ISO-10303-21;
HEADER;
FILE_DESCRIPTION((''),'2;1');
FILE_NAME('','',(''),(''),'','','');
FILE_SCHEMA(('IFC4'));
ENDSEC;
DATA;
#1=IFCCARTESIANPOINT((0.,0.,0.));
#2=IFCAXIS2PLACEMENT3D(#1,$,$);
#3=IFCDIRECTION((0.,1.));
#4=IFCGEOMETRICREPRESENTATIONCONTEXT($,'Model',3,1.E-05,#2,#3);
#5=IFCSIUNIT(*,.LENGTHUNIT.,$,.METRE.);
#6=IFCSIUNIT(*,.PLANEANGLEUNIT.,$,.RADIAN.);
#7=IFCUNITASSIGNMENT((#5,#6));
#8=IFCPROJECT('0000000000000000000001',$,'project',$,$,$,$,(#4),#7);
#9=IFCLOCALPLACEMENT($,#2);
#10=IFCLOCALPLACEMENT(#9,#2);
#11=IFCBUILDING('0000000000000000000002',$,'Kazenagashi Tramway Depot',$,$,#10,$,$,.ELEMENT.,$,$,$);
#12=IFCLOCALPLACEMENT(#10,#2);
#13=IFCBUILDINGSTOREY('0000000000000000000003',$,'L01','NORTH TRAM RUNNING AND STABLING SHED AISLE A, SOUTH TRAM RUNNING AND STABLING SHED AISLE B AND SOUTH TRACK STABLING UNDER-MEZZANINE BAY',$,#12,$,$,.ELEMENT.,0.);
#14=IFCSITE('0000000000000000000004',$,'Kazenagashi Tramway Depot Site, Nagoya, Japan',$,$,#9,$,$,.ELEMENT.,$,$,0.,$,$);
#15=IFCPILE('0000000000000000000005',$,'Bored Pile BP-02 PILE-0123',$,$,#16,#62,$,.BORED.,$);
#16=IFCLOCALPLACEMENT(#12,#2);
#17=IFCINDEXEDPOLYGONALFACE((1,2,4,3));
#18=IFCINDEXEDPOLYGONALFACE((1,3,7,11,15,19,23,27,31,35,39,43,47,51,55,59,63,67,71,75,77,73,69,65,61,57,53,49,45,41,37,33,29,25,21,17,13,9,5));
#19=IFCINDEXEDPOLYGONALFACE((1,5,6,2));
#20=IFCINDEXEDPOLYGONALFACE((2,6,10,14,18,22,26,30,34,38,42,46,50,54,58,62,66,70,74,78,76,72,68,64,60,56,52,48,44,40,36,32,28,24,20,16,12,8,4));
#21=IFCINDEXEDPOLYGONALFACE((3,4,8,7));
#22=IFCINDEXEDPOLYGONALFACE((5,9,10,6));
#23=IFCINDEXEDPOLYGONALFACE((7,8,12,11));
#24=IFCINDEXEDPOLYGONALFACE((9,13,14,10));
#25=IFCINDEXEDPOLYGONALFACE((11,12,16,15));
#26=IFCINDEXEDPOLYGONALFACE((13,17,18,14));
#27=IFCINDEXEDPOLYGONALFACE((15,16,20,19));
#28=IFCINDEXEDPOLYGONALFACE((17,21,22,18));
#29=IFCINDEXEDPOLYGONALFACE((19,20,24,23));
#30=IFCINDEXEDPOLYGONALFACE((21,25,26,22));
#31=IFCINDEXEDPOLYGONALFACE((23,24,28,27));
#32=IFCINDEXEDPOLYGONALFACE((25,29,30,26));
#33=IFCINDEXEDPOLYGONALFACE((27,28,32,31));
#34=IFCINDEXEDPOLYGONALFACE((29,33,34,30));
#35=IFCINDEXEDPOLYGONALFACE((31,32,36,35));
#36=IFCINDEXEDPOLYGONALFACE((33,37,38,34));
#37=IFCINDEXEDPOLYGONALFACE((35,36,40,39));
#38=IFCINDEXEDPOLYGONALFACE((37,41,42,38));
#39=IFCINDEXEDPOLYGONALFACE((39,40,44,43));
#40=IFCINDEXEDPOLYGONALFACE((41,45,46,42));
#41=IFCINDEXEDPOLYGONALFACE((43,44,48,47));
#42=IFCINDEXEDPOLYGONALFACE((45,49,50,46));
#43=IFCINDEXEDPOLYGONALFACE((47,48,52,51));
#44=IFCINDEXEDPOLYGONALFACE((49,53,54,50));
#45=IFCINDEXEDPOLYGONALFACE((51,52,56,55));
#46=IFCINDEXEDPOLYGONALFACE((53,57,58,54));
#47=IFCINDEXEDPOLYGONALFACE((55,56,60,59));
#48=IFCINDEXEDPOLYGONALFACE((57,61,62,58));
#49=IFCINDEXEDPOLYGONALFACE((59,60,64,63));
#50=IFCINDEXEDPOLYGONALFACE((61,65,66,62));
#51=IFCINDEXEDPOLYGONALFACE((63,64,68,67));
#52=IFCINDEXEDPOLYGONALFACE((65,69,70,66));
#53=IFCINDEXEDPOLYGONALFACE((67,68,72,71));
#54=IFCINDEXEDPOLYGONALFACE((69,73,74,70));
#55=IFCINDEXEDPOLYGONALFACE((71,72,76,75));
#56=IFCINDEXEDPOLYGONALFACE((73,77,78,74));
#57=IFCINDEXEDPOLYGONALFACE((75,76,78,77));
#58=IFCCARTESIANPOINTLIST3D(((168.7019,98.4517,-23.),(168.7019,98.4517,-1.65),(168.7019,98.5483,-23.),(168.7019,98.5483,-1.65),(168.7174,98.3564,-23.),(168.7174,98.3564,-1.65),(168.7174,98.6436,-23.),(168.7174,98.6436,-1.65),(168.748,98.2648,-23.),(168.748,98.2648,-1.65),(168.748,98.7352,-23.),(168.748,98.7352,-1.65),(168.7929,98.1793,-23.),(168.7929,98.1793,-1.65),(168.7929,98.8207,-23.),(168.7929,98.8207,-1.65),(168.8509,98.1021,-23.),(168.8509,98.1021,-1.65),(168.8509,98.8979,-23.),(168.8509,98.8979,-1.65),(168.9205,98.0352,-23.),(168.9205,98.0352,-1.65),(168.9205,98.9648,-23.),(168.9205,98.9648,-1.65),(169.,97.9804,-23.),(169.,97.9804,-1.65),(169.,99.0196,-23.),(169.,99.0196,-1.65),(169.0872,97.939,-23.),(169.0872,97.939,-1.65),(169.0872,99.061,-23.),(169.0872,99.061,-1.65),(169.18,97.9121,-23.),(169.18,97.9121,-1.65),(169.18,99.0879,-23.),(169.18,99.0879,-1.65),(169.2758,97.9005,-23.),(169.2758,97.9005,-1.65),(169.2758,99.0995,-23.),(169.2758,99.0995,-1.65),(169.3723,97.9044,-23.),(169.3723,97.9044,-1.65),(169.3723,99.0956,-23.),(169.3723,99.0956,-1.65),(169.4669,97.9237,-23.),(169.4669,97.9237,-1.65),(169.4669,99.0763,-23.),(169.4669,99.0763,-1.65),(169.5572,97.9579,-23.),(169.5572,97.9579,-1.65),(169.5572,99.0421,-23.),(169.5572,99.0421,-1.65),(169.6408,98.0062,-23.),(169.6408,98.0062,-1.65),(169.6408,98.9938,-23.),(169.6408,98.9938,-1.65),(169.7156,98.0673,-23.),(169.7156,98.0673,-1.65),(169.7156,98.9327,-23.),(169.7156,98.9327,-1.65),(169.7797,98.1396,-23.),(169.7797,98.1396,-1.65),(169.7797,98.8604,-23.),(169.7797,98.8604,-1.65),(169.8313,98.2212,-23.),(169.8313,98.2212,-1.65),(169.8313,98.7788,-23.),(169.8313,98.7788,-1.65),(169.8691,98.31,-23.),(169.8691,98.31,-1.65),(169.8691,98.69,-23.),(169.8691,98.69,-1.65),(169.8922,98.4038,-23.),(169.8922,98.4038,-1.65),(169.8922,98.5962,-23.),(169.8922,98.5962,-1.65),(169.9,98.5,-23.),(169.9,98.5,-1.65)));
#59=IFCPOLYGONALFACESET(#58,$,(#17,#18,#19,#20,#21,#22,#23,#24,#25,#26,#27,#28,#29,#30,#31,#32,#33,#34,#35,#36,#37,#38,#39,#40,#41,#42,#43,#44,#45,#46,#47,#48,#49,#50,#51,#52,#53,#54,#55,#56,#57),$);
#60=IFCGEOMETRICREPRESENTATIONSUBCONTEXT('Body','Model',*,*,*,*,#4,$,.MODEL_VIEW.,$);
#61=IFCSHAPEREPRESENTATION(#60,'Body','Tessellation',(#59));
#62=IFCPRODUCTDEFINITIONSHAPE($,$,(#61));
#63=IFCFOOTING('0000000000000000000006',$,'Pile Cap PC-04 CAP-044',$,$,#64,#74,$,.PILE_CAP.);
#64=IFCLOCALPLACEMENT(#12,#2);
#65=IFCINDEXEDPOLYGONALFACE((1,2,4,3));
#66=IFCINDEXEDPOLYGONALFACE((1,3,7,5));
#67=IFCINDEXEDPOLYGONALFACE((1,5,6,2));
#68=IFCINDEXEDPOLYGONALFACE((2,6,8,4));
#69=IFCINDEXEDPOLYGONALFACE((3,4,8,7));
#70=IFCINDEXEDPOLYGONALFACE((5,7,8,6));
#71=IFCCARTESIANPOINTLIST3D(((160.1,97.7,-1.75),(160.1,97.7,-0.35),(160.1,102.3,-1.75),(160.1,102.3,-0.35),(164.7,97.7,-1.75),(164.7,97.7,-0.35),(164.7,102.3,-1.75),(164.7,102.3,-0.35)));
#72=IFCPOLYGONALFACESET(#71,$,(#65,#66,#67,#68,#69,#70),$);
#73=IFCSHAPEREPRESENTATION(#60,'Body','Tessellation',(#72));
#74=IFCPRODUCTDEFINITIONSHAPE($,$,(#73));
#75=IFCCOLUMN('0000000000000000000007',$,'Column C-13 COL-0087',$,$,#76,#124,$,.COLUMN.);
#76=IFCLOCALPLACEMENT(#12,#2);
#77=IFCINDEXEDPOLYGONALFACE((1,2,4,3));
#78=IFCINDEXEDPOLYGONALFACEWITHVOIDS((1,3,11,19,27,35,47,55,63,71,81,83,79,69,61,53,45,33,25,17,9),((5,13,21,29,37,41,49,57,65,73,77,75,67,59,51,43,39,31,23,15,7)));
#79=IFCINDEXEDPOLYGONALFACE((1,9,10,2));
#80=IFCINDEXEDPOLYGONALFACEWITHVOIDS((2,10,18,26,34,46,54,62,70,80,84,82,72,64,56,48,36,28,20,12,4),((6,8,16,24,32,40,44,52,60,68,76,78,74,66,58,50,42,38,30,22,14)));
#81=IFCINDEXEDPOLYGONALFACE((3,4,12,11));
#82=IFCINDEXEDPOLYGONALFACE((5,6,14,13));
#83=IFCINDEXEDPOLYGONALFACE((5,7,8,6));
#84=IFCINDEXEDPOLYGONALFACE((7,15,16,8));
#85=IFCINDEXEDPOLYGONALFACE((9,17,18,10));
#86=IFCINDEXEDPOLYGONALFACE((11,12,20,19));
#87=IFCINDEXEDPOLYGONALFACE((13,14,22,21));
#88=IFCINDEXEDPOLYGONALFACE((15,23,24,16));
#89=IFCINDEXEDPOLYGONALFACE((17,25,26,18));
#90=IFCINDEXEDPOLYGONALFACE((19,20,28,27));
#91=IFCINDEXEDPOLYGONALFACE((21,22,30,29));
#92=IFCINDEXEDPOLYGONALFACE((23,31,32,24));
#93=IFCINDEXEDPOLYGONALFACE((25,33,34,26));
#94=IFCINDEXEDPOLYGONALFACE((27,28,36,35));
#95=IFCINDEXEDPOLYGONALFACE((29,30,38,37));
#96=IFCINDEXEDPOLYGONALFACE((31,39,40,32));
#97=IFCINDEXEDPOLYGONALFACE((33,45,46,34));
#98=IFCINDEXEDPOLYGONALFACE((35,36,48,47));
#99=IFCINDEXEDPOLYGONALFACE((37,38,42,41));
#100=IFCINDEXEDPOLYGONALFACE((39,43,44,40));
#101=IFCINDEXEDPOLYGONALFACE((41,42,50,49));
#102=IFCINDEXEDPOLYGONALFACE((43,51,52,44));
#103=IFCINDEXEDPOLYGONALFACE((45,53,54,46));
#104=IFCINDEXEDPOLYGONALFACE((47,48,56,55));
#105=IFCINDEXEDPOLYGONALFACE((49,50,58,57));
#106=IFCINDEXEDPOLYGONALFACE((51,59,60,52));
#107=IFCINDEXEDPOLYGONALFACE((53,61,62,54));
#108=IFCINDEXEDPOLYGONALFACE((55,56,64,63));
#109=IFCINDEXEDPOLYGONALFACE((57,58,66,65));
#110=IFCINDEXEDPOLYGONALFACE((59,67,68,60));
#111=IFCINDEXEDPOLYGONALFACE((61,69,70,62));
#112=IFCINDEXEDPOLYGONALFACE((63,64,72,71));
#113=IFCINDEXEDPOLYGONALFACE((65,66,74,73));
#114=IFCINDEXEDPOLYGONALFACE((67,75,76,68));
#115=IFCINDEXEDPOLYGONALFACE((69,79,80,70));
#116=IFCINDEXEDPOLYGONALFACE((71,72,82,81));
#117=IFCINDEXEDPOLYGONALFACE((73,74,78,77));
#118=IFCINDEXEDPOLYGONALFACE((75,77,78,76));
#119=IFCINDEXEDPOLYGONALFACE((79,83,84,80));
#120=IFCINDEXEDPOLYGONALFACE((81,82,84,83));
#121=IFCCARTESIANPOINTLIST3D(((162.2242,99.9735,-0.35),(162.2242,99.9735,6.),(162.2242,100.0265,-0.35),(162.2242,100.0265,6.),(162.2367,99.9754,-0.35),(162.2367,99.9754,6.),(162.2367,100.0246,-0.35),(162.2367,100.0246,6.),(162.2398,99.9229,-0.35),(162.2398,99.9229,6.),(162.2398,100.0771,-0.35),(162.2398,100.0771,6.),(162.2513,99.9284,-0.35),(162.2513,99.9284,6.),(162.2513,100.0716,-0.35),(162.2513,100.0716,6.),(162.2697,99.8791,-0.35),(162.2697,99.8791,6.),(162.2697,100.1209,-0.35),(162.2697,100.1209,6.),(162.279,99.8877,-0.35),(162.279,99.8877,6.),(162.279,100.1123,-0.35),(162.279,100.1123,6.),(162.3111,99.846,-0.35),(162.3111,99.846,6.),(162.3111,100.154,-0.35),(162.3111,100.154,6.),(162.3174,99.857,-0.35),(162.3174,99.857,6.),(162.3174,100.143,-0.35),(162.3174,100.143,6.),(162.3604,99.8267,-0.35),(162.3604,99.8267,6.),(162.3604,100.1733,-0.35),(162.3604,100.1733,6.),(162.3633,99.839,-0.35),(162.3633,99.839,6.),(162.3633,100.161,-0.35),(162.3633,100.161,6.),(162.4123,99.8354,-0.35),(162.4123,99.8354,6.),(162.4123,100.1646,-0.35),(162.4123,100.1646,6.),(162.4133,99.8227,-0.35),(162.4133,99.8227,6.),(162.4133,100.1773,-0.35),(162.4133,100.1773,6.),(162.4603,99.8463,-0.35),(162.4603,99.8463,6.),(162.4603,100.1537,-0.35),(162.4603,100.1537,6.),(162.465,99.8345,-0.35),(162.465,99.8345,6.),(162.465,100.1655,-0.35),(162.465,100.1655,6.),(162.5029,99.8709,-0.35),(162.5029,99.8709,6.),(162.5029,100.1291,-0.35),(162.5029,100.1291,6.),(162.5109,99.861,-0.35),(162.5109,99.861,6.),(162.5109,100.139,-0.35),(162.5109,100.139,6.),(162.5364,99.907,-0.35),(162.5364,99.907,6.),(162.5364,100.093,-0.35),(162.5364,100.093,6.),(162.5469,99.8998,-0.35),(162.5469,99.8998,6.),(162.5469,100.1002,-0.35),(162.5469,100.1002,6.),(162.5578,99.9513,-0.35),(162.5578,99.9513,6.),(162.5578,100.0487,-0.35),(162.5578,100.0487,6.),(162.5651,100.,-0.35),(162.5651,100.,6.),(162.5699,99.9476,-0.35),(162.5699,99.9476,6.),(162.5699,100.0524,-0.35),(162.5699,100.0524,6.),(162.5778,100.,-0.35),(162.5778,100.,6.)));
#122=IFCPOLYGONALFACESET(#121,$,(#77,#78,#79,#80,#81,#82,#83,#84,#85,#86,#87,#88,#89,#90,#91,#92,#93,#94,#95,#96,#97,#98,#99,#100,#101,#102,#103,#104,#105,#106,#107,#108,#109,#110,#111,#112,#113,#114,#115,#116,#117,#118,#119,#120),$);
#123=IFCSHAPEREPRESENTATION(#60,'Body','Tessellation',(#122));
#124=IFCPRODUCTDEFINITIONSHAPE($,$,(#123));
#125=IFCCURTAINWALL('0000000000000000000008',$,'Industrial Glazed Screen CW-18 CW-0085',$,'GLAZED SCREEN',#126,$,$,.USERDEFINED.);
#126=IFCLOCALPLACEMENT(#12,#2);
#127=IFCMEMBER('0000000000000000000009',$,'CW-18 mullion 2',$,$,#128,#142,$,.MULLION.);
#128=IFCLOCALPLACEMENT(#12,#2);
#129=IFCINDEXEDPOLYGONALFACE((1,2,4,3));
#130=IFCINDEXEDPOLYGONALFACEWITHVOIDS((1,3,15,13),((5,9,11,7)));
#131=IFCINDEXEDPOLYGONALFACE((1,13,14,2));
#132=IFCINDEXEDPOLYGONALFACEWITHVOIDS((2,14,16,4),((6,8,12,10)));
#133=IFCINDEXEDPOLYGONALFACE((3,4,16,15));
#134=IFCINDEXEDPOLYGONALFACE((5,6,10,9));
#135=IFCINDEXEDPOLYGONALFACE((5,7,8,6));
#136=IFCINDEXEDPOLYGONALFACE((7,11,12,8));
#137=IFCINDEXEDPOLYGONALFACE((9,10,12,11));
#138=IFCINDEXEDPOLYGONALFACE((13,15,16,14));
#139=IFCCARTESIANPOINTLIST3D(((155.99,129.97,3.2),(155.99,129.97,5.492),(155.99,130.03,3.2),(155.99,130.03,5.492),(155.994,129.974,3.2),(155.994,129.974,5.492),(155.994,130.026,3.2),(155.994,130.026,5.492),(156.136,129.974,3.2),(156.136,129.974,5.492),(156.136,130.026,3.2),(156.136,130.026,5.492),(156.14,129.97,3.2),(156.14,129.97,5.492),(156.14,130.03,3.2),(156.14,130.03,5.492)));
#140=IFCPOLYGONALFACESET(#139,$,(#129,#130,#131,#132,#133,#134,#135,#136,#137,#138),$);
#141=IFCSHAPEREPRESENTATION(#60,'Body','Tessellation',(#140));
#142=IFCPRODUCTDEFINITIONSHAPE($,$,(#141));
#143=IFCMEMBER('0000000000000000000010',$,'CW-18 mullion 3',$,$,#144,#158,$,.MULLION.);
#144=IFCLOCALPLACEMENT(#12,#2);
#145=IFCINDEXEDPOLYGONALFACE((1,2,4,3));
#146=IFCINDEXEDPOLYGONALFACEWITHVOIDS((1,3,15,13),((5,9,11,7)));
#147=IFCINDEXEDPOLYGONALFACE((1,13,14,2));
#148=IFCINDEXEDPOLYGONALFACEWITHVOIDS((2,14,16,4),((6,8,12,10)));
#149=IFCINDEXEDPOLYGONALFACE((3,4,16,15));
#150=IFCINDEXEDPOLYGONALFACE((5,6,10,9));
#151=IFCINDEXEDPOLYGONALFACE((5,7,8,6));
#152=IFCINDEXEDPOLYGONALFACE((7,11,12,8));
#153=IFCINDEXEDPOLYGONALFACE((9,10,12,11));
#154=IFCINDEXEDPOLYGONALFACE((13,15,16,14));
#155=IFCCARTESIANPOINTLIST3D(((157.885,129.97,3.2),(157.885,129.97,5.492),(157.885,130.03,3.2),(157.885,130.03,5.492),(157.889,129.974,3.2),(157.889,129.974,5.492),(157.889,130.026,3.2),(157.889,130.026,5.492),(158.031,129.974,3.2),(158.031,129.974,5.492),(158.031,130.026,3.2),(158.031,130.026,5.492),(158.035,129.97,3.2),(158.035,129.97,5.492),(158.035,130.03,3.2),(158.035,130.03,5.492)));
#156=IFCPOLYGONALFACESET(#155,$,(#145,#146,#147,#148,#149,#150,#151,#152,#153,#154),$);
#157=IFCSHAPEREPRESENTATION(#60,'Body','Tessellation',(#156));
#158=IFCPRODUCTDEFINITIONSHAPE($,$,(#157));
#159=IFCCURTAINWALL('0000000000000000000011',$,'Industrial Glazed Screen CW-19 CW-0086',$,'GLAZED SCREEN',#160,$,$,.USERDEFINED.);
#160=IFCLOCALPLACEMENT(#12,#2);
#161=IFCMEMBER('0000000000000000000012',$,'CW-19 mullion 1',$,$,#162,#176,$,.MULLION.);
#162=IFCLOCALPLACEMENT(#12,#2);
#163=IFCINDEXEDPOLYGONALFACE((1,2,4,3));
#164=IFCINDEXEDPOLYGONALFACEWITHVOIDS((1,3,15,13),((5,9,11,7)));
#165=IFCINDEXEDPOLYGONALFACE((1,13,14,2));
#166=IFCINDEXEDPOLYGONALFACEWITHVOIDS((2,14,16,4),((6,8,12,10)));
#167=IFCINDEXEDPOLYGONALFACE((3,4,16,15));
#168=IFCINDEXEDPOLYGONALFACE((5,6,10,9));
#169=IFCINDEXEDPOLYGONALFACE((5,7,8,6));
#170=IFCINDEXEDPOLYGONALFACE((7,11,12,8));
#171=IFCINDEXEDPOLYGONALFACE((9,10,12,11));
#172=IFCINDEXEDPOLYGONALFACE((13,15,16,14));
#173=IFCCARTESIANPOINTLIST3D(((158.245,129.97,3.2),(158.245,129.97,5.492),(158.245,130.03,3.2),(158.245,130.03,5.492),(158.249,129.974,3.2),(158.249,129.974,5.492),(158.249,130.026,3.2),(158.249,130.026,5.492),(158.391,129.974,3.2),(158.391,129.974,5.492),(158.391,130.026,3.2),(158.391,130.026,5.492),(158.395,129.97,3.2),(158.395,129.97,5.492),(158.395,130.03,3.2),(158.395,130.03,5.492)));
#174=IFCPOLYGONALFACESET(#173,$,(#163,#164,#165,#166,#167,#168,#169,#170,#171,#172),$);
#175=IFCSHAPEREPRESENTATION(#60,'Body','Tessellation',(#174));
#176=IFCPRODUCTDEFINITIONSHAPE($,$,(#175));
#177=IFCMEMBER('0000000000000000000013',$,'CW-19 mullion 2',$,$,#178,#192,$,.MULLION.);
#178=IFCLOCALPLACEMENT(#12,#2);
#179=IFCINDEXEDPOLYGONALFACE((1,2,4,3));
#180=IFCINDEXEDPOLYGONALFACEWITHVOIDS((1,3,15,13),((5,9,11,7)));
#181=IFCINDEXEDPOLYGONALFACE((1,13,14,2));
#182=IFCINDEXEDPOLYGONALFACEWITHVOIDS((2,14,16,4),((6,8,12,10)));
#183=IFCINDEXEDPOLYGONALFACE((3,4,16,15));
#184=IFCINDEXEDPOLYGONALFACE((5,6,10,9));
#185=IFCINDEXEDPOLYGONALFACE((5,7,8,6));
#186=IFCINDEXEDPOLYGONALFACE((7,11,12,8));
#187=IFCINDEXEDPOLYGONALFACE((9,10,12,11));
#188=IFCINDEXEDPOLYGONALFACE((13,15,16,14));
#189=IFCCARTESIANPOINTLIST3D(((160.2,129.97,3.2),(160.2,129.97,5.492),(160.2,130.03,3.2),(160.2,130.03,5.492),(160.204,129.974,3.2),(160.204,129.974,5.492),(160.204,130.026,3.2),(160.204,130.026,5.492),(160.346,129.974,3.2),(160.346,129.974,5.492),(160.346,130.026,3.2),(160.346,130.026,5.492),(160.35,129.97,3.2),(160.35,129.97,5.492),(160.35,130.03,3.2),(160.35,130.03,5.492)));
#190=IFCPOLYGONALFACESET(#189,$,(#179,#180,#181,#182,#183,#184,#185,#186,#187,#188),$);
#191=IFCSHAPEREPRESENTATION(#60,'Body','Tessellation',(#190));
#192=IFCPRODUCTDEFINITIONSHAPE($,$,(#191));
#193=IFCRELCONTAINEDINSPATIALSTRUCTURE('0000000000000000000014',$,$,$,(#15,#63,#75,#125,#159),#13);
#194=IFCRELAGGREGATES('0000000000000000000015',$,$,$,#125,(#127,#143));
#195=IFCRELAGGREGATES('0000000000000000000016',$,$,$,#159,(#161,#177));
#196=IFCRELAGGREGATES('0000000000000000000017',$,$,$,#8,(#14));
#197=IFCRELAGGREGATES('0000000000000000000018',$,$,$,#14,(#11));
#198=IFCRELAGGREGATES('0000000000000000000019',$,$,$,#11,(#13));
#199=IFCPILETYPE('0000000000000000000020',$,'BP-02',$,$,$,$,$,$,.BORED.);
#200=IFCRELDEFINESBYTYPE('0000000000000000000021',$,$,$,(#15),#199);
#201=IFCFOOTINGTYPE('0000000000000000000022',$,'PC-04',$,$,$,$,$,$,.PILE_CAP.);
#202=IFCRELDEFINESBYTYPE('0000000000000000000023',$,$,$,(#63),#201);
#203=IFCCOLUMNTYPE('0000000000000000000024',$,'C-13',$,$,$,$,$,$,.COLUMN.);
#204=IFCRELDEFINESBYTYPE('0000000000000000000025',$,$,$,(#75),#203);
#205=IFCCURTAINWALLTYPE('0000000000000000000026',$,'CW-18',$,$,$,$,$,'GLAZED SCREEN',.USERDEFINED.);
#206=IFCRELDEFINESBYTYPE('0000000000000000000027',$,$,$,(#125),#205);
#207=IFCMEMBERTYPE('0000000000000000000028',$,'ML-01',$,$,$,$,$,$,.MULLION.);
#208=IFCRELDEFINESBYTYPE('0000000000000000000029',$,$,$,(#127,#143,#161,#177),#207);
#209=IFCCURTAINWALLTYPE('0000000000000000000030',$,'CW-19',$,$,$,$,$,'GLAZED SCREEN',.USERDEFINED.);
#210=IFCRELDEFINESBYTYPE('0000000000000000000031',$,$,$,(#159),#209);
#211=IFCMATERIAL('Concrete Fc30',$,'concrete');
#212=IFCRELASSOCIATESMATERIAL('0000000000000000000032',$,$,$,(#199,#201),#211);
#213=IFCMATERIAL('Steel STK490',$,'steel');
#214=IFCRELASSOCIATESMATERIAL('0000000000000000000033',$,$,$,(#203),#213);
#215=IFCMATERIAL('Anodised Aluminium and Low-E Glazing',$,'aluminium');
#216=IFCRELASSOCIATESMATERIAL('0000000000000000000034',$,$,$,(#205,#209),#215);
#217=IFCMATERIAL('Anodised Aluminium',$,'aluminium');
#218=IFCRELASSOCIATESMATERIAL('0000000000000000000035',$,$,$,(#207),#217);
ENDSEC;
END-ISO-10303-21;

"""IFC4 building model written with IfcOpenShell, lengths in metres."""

from ifc_helpers import new_model, si_unit, direction, frame, origin, origin_2d, place, context, subcontext, project, spatial, rectangle, hollow_rectangle, circle, hollow_circle, extrude, material, material_profile, profile_set, type_object, element, aggregate, save


model = new_model("IFC4")

# Units and contexts
model_context = context("Model", 3, precision=1e-05, world=origin(), true_north=direction((0.0, 1.0)))
body_context = subcontext(model_context, "Body", "Model", "MODEL_VIEW")
ifc_project = project(units=[si_unit("LENGTHUNIT", "METRE"), si_unit("PLANEANGLEUNIT", "RADIAN")], contexts=[model_context])

# Site, building, storey
site_placement = place(None, origin())
site = spatial("IfcSite", under=ifc_project, at=site_placement, Name="Kazenagashi Tramway Depot Site, Nagoya, Japan", CompositionType="ELEMENT", RefElevation=0.0)
building_placement = place(site_placement, origin())
building = spatial("IfcBuilding", under=site, at=building_placement, Name="Kazenagashi Tramway Depot", CompositionType="ELEMENT")
storey_placement = place(building_placement, origin())
storey = spatial("IfcBuildingStorey", under=building, at=storey_placement, Name="L01", Description="NORTH TRAM RUNNING AND STABLING SHED AISLE A, SOUTH TRAM RUNNING AND STABLING SHED AISLE B AND SOUTH TRACK STABLING UNDER-MEZZANINE BAY", CompositionType="ELEMENT", Elevation=0.0)

# Pile
ifc_material_1 = material(Name="Concrete Fc30", Category="concrete")
ifc_material_profile_1 = material_profile(ifc_material_1, circle(Radius=0.6, at=origin_2d()), Name="PILE-1200")
ifc_profile_set_1 = profile_set([ifc_material_profile_1], Name="Concrete Fc30")
pile_type = type_object("IfcPileType", Name="BP-02", PredefinedType="BORED", material=ifc_profile_set_1)
for number, where, z_axis, x_axis, name in (
    (1, (169.3, 98.5, -1.65), (0.0, 0.0, -1.0), (1.0, 0.0, 0.0), "Bored Pile BP-02 PILE-0123"),
):
    element("IfcPile", number, at=place(storey_placement, frame(where, z_axis=z_axis, x_axis=x_axis)), inside=storey, type_object=pile_type, Name=name, PredefinedType="BORED", context=body_context, shape_type="SweptSolid", body=[
        extrude(circle(Radius=0.6, at=origin_2d()), origin(), (0.0, 0.0, 1.0), 21.35),
    ])

# Footing
footing_type = type_object("IfcFootingType", Name="PC-04", PredefinedType="PILE_CAP", material=ifc_material_1)
footing_placement = place(storey_placement, frame((162.4, 100.0, -1.75), z_axis=(0.0, 0.0, 1.0), x_axis=(1.0, 0.0, 0.0)))
element("IfcFooting", 2, at=footing_placement, inside=storey, type_object=footing_type, Name="Pile Cap PC-04 CAP-044", PredefinedType="PILE_CAP", context=body_context, shape_type="SweptSolid", body=[
    extrude(rectangle(XDim=4.6, YDim=4.6, at=origin_2d()), origin(), (0.0, 0.0, 1.0), 1.4),
])

# Column
ifc_material_2 = material(Name="Steel STK490", Category="steel")
ifc_material_profile_2 = material_profile(ifc_material_2, hollow_circle(Radius=0.1778, WallThickness=0.0127, at=origin_2d()), Name="CHS-355.6x12.7")
ifc_profile_set_2 = profile_set([ifc_material_profile_2], Name="Steel STK490")
column_type = type_object("IfcColumnType", Name="C-13", PredefinedType="COLUMN", material=ifc_profile_set_2)
column_placement = place(storey_placement, frame((162.4, 100.0, -0.35), z_axis=(0.0, 0.0, 1.0), x_axis=(1.0, 0.0, 0.0)))
element("IfcColumn", 3, at=column_placement, inside=storey, type_object=column_type, Name="Column C-13 COL-0087", PredefinedType="COLUMN", context=body_context, shape_type="SweptSolid", body=[
    extrude(hollow_circle(Radius=0.1778, WallThickness=0.0127, at=origin_2d()), origin(), (0.0, 0.0, 1.0), 6.35),
])

# Curtain walls, members
ifc_material_3 = material(Name="Anodised Aluminium and Low-E Glazing", Category="aluminium")
curtain_wall_type_1 = type_object("IfcCurtainWallType", Name="CW-18", ElementType="GLAZED SCREEN", PredefinedType="USERDEFINED", material=ifc_material_3)
curtain_wall_1_placement = place(storey_placement, origin())
curtain_wall_1 = element("IfcCurtainWall", 4, at=curtain_wall_1_placement, inside=storey, type_object=curtain_wall_type_1, Name="Industrial Glazed Screen CW-18 CW-0085", ObjectType="GLAZED SCREEN", PredefinedType="USERDEFINED")
ifc_material_4 = material(Name="Anodised Aluminium", Category="aluminium")
ifc_material_profile_3 = material_profile(ifc_material_4, hollow_rectangle(XDim=0.06, YDim=0.15, WallThickness=0.004, at=origin_2d()), Name="RHS-150x60x4")
ifc_profile_set_3 = profile_set([ifc_material_profile_3], Name="Anodised Aluminium")
member_type_1 = type_object("IfcMemberType", Name="ML-01", PredefinedType="MULLION", material=ifc_profile_set_3)
member_1_placement = place(storey_placement, frame((156.065, 130.0, 3.2), z_axis=(0.0, 0.0, 1.0), x_axis=(0.0, 1.0, 0.0)))
member_1 = element("IfcMember", 5, at=member_1_placement, type_object=member_type_1, Name="CW-18 mullion 2", PredefinedType="MULLION", context=body_context, shape_type="SweptSolid", body=[
    extrude(hollow_rectangle(XDim=0.06, YDim=0.15, WallThickness=0.004, at=origin_2d()), origin(), (0.0, 0.0, 1.0), 2.292),
])
member_2_placement = place(storey_placement, frame((157.96, 130.0, 3.2), z_axis=(0.0, 0.0, 1.0), x_axis=(0.0, 1.0, 0.0)))
member_2 = element("IfcMember", 6, at=member_2_placement, type_object=member_type_1, Name="CW-18 mullion 3", PredefinedType="MULLION", context=body_context, shape_type="SweptSolid", body=[
    extrude(hollow_rectangle(XDim=0.06, YDim=0.15, WallThickness=0.004, at=origin_2d()), origin(), (0.0, 0.0, 1.0), 2.292),
])
curtain_wall_type_2 = type_object("IfcCurtainWallType", Name="CW-19", ElementType="GLAZED SCREEN", PredefinedType="USERDEFINED", material=ifc_material_3)
curtain_wall_2_placement = place(storey_placement, origin())
curtain_wall_2 = element("IfcCurtainWall", 7, at=curtain_wall_2_placement, inside=storey, type_object=curtain_wall_type_2, Name="Industrial Glazed Screen CW-19 CW-0086", ObjectType="GLAZED SCREEN", PredefinedType="USERDEFINED")
member_3_placement = place(storey_placement, frame((158.32, 130.0, 3.2), z_axis=(0.0, 0.0, 1.0), x_axis=(0.0, 1.0, 0.0)))
member_3 = element("IfcMember", 8, at=member_3_placement, type_object=member_type_1, Name="CW-19 mullion 1", PredefinedType="MULLION", context=body_context, shape_type="SweptSolid", body=[
    extrude(hollow_rectangle(XDim=0.06, YDim=0.15, WallThickness=0.004, at=origin_2d()), origin(), (0.0, 0.0, 1.0), 2.292),
])
member_4_placement = place(storey_placement, frame((160.275, 130.0, 3.2), z_axis=(0.0, 0.0, 1.0), x_axis=(0.0, 1.0, 0.0)))
member_4 = element("IfcMember", 9, at=member_4_placement, type_object=member_type_1, Name="CW-19 mullion 2", PredefinedType="MULLION", context=body_context, shape_type="SweptSolid", body=[
    extrude(hollow_rectangle(XDim=0.06, YDim=0.15, WallThickness=0.004, at=origin_2d()), origin(), (0.0, 0.0, 1.0), 2.292),
])

aggregate(curtain_wall_1, [member_1, member_2])
aggregate(curtain_wall_2, [member_3, member_4])

save(model, "model.ifc")
